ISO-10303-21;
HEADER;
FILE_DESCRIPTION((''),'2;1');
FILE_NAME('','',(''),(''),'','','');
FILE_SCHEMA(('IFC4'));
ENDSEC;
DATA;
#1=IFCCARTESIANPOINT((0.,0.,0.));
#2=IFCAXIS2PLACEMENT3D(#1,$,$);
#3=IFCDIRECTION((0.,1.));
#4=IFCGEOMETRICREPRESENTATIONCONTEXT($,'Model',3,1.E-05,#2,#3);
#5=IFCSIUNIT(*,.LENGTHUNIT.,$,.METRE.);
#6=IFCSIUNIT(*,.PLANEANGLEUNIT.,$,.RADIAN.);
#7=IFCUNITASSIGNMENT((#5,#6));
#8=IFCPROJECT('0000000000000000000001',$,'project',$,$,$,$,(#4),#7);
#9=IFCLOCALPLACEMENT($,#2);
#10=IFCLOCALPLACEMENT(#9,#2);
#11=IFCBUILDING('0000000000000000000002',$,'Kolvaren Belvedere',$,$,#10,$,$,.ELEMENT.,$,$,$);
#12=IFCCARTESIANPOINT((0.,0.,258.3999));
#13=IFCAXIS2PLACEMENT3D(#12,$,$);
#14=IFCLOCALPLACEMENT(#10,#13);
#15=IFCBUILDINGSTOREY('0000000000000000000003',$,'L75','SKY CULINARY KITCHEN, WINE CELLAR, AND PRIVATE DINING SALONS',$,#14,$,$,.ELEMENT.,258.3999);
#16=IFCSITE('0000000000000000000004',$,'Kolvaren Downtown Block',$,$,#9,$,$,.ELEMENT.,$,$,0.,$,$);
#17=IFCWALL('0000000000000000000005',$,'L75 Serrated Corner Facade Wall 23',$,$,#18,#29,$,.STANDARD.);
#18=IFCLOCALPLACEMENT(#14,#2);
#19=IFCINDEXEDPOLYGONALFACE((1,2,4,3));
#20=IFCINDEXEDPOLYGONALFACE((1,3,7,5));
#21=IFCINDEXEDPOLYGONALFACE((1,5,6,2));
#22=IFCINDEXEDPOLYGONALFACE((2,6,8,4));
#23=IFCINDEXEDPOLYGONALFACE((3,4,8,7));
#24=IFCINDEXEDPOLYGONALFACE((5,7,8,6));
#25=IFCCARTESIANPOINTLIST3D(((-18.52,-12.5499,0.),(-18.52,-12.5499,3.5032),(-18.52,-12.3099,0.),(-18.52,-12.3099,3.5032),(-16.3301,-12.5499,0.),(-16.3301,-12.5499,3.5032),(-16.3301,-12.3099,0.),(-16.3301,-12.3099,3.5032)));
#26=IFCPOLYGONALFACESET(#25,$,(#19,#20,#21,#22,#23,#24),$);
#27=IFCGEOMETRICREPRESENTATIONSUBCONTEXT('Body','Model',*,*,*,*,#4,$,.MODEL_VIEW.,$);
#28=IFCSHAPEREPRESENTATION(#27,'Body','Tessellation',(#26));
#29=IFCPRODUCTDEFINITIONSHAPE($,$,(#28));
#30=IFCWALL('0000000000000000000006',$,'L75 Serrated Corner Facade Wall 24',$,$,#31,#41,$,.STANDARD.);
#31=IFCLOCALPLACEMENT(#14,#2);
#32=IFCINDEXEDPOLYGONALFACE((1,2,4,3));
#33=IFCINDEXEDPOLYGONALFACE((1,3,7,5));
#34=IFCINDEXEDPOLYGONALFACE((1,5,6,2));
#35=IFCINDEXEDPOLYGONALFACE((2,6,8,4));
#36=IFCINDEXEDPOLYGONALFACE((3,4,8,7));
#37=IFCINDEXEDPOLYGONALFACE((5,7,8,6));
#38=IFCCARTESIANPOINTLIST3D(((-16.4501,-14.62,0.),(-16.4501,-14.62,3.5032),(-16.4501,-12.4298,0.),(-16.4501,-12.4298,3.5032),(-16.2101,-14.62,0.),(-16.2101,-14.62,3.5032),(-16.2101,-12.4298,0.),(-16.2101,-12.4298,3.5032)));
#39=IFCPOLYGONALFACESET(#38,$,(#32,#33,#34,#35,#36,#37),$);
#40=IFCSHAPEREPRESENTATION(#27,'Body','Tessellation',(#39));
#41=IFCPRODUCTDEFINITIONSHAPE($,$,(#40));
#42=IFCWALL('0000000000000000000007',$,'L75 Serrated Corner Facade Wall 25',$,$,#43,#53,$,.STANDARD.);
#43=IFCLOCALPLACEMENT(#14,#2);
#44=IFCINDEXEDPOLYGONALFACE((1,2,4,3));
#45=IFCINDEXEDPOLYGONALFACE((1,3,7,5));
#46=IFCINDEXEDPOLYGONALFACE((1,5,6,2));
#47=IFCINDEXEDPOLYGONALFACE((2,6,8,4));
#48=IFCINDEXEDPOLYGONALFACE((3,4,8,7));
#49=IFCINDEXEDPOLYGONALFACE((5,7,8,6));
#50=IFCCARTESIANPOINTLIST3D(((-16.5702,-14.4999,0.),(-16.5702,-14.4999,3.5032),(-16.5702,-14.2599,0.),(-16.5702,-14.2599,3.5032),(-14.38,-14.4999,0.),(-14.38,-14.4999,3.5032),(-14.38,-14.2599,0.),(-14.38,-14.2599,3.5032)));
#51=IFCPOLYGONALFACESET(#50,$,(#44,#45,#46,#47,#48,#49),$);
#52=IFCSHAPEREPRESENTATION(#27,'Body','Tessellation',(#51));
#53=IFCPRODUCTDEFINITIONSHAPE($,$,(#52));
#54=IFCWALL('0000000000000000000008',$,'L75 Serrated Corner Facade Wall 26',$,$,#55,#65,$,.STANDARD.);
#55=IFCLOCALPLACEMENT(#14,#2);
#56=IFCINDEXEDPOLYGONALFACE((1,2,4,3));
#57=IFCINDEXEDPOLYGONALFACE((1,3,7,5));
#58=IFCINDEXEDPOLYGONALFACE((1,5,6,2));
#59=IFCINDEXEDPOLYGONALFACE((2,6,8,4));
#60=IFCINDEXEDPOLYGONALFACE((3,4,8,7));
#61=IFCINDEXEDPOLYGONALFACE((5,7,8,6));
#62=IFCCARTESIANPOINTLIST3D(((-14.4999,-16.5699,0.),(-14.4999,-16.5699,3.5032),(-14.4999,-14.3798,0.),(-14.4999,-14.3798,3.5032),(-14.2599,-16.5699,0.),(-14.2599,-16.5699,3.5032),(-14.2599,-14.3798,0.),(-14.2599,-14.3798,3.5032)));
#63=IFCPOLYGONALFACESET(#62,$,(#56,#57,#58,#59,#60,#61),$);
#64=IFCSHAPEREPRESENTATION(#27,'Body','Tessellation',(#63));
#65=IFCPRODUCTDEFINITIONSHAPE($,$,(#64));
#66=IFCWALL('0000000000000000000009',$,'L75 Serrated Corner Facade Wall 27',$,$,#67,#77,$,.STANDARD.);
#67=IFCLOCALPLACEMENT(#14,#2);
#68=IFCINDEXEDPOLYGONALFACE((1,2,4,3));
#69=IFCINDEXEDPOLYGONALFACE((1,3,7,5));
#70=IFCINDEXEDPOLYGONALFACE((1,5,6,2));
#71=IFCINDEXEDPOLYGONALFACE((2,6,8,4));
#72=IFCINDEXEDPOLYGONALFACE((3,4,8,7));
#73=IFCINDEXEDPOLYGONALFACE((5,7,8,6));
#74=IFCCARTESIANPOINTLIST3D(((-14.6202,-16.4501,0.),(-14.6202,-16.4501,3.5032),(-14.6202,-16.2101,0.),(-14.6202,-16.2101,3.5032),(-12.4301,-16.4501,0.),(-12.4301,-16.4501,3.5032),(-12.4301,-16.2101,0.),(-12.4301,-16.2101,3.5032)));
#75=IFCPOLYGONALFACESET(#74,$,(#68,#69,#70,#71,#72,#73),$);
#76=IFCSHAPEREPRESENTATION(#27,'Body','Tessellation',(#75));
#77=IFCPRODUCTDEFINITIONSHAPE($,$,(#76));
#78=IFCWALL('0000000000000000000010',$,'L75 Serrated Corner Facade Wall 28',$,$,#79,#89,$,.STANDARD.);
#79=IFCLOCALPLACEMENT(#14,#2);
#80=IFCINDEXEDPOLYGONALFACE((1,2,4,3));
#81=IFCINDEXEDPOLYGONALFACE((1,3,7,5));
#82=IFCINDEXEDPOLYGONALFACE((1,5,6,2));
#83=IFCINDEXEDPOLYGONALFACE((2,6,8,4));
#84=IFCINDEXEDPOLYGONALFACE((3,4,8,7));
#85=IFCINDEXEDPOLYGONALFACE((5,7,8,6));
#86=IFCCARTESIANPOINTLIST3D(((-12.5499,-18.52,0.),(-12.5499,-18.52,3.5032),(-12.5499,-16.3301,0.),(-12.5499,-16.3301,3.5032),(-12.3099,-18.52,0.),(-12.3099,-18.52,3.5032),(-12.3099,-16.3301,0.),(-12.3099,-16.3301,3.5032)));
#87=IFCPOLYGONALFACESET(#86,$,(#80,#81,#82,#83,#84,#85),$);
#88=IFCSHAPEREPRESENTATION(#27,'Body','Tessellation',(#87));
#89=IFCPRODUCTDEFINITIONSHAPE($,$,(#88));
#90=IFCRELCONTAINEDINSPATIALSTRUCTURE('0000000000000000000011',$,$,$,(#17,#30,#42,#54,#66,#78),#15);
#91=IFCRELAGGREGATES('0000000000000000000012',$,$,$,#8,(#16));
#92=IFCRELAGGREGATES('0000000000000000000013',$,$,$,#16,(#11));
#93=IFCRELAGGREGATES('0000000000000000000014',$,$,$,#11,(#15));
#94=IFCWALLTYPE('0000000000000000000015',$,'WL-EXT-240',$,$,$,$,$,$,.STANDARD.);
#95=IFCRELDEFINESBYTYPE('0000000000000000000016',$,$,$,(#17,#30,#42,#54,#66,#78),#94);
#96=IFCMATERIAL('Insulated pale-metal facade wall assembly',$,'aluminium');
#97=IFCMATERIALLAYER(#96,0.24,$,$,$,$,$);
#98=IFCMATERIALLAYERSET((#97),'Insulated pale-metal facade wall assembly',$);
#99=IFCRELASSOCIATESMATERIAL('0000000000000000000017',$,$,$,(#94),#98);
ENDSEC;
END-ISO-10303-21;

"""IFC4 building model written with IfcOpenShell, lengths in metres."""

from ifc_helpers import new_model, si_unit, direction, frame, frame_2d, origin, place, context, subcontext, project, spatial, rectangle, extrude, material, layer, layer_set, type_object, element, save


model = new_model("IFC4")

# Units and contexts
model_context = context("Model", 3, precision=1e-05, world=origin(), true_north=direction((0.0, 1.0)))
body_context = subcontext(model_context, "Body", "Model", "MODEL_VIEW")
ifc_project = project(units=[si_unit("LENGTHUNIT", "METRE"), si_unit("PLANEANGLEUNIT", "RADIAN")], contexts=[model_context])

# Site, building, storey
site_placement = place(None, origin())
site = spatial("IfcSite", under=ifc_project, at=site_placement, Name="Kolvaren Downtown Block", CompositionType="ELEMENT", RefElevation=0.0)
building_placement = place(site_placement, origin())
building = spatial("IfcBuilding", under=site, at=building_placement, Name="Kolvaren Belvedere", CompositionType="ELEMENT")
storey_placement = place(building_placement, frame((0.0, 0.0, 258.3999)))
storey = spatial("IfcBuildingStorey", under=building, at=storey_placement, Name="L75", Description="SKY CULINARY KITCHEN, WINE CELLAR, AND PRIVATE DINING SALONS", CompositionType="ELEMENT", Elevation=258.3999)

# Walls
ifc_material_1 = material(Name="Insulated pale-metal facade wall assembly", Category="aluminium")
ifc_layer_1 = layer(ifc_material_1, 0.24)
ifc_layer_set_1 = layer_set([ifc_layer_1], Name="Insulated pale-metal facade wall assembly")
wall_type_1 = type_object("IfcWallType", Name="WL-EXT-240", PredefinedType="STANDARD", material=ifc_layer_set_1)
wall_1_placement = place(storey_placement, frame((-16.3301, -12.4299, 0.0), z_axis=(0.0, 0.0, 1.0), x_axis=(-1.0, 0.0, 0.0)))
element("IfcWall", 1, at=wall_1_placement, inside=storey, type_object=wall_type_1, Name="L75 Serrated Corner Facade Wall 23", PredefinedType="STANDARD", context=body_context, shape_type="SweptSolid", body=[
    extrude(rectangle(XDim=2.1899, YDim=0.24, at=frame_2d((1.095, 0.0))), origin(), (0.0, 0.0, 1.0), 3.5032),
])
for number, where, z_axis, x_axis, name in (
    (2, (-16.3301, -14.6201, 0.0), (0.0, 0.0, 1.0), (0.0, 1.0, 0.0), "L75 Serrated Corner Facade Wall 24"),
    (3, (-14.3799, -14.3799, 0.0), (0.0, 0.0, 1.0), (-1.0, 0.0, 0.0), "L75 Serrated Corner Facade Wall 25"),
    (4, (-14.3799, -16.5701, 0.0), (0.0, 0.0, 1.0), (0.0, 1.0, 0.0), "L75 Serrated Corner Facade Wall 26"),
    (5, (-12.4299, -16.3301, 0.0), (0.0, 0.0, 1.0), (-1.0, 0.0, 0.0), "L75 Serrated Corner Facade Wall 27"),
):
    element("IfcWall", number, at=place(storey_placement, frame(where, z_axis=z_axis, x_axis=x_axis)), inside=storey, type_object=wall_type_1, Name=name, PredefinedType="STANDARD", context=body_context, shape_type="SweptSolid", body=[
        extrude(rectangle(XDim=2.1902, YDim=0.24, at=frame_2d((1.0952, 0.0))), origin(), (0.0, 0.0, 1.0), 3.5032),
    ])
wall_2_placement = place(storey_placement, frame((-12.4299, -18.52, 0.0), z_axis=(0.0, 0.0, 1.0), x_axis=(0.0, 1.0, 0.0)))
element("IfcWall", 6, at=wall_2_placement, inside=storey, type_object=wall_type_1, Name="L75 Serrated Corner Facade Wall 28", PredefinedType="STANDARD", context=body_context, shape_type="SweptSolid", body=[
    extrude(rectangle(XDim=2.1899, YDim=0.24, at=frame_2d((1.095, 0.0))), origin(), (0.0, 0.0, 1.0), 3.5032),
])

save(model, "model.ifc")
